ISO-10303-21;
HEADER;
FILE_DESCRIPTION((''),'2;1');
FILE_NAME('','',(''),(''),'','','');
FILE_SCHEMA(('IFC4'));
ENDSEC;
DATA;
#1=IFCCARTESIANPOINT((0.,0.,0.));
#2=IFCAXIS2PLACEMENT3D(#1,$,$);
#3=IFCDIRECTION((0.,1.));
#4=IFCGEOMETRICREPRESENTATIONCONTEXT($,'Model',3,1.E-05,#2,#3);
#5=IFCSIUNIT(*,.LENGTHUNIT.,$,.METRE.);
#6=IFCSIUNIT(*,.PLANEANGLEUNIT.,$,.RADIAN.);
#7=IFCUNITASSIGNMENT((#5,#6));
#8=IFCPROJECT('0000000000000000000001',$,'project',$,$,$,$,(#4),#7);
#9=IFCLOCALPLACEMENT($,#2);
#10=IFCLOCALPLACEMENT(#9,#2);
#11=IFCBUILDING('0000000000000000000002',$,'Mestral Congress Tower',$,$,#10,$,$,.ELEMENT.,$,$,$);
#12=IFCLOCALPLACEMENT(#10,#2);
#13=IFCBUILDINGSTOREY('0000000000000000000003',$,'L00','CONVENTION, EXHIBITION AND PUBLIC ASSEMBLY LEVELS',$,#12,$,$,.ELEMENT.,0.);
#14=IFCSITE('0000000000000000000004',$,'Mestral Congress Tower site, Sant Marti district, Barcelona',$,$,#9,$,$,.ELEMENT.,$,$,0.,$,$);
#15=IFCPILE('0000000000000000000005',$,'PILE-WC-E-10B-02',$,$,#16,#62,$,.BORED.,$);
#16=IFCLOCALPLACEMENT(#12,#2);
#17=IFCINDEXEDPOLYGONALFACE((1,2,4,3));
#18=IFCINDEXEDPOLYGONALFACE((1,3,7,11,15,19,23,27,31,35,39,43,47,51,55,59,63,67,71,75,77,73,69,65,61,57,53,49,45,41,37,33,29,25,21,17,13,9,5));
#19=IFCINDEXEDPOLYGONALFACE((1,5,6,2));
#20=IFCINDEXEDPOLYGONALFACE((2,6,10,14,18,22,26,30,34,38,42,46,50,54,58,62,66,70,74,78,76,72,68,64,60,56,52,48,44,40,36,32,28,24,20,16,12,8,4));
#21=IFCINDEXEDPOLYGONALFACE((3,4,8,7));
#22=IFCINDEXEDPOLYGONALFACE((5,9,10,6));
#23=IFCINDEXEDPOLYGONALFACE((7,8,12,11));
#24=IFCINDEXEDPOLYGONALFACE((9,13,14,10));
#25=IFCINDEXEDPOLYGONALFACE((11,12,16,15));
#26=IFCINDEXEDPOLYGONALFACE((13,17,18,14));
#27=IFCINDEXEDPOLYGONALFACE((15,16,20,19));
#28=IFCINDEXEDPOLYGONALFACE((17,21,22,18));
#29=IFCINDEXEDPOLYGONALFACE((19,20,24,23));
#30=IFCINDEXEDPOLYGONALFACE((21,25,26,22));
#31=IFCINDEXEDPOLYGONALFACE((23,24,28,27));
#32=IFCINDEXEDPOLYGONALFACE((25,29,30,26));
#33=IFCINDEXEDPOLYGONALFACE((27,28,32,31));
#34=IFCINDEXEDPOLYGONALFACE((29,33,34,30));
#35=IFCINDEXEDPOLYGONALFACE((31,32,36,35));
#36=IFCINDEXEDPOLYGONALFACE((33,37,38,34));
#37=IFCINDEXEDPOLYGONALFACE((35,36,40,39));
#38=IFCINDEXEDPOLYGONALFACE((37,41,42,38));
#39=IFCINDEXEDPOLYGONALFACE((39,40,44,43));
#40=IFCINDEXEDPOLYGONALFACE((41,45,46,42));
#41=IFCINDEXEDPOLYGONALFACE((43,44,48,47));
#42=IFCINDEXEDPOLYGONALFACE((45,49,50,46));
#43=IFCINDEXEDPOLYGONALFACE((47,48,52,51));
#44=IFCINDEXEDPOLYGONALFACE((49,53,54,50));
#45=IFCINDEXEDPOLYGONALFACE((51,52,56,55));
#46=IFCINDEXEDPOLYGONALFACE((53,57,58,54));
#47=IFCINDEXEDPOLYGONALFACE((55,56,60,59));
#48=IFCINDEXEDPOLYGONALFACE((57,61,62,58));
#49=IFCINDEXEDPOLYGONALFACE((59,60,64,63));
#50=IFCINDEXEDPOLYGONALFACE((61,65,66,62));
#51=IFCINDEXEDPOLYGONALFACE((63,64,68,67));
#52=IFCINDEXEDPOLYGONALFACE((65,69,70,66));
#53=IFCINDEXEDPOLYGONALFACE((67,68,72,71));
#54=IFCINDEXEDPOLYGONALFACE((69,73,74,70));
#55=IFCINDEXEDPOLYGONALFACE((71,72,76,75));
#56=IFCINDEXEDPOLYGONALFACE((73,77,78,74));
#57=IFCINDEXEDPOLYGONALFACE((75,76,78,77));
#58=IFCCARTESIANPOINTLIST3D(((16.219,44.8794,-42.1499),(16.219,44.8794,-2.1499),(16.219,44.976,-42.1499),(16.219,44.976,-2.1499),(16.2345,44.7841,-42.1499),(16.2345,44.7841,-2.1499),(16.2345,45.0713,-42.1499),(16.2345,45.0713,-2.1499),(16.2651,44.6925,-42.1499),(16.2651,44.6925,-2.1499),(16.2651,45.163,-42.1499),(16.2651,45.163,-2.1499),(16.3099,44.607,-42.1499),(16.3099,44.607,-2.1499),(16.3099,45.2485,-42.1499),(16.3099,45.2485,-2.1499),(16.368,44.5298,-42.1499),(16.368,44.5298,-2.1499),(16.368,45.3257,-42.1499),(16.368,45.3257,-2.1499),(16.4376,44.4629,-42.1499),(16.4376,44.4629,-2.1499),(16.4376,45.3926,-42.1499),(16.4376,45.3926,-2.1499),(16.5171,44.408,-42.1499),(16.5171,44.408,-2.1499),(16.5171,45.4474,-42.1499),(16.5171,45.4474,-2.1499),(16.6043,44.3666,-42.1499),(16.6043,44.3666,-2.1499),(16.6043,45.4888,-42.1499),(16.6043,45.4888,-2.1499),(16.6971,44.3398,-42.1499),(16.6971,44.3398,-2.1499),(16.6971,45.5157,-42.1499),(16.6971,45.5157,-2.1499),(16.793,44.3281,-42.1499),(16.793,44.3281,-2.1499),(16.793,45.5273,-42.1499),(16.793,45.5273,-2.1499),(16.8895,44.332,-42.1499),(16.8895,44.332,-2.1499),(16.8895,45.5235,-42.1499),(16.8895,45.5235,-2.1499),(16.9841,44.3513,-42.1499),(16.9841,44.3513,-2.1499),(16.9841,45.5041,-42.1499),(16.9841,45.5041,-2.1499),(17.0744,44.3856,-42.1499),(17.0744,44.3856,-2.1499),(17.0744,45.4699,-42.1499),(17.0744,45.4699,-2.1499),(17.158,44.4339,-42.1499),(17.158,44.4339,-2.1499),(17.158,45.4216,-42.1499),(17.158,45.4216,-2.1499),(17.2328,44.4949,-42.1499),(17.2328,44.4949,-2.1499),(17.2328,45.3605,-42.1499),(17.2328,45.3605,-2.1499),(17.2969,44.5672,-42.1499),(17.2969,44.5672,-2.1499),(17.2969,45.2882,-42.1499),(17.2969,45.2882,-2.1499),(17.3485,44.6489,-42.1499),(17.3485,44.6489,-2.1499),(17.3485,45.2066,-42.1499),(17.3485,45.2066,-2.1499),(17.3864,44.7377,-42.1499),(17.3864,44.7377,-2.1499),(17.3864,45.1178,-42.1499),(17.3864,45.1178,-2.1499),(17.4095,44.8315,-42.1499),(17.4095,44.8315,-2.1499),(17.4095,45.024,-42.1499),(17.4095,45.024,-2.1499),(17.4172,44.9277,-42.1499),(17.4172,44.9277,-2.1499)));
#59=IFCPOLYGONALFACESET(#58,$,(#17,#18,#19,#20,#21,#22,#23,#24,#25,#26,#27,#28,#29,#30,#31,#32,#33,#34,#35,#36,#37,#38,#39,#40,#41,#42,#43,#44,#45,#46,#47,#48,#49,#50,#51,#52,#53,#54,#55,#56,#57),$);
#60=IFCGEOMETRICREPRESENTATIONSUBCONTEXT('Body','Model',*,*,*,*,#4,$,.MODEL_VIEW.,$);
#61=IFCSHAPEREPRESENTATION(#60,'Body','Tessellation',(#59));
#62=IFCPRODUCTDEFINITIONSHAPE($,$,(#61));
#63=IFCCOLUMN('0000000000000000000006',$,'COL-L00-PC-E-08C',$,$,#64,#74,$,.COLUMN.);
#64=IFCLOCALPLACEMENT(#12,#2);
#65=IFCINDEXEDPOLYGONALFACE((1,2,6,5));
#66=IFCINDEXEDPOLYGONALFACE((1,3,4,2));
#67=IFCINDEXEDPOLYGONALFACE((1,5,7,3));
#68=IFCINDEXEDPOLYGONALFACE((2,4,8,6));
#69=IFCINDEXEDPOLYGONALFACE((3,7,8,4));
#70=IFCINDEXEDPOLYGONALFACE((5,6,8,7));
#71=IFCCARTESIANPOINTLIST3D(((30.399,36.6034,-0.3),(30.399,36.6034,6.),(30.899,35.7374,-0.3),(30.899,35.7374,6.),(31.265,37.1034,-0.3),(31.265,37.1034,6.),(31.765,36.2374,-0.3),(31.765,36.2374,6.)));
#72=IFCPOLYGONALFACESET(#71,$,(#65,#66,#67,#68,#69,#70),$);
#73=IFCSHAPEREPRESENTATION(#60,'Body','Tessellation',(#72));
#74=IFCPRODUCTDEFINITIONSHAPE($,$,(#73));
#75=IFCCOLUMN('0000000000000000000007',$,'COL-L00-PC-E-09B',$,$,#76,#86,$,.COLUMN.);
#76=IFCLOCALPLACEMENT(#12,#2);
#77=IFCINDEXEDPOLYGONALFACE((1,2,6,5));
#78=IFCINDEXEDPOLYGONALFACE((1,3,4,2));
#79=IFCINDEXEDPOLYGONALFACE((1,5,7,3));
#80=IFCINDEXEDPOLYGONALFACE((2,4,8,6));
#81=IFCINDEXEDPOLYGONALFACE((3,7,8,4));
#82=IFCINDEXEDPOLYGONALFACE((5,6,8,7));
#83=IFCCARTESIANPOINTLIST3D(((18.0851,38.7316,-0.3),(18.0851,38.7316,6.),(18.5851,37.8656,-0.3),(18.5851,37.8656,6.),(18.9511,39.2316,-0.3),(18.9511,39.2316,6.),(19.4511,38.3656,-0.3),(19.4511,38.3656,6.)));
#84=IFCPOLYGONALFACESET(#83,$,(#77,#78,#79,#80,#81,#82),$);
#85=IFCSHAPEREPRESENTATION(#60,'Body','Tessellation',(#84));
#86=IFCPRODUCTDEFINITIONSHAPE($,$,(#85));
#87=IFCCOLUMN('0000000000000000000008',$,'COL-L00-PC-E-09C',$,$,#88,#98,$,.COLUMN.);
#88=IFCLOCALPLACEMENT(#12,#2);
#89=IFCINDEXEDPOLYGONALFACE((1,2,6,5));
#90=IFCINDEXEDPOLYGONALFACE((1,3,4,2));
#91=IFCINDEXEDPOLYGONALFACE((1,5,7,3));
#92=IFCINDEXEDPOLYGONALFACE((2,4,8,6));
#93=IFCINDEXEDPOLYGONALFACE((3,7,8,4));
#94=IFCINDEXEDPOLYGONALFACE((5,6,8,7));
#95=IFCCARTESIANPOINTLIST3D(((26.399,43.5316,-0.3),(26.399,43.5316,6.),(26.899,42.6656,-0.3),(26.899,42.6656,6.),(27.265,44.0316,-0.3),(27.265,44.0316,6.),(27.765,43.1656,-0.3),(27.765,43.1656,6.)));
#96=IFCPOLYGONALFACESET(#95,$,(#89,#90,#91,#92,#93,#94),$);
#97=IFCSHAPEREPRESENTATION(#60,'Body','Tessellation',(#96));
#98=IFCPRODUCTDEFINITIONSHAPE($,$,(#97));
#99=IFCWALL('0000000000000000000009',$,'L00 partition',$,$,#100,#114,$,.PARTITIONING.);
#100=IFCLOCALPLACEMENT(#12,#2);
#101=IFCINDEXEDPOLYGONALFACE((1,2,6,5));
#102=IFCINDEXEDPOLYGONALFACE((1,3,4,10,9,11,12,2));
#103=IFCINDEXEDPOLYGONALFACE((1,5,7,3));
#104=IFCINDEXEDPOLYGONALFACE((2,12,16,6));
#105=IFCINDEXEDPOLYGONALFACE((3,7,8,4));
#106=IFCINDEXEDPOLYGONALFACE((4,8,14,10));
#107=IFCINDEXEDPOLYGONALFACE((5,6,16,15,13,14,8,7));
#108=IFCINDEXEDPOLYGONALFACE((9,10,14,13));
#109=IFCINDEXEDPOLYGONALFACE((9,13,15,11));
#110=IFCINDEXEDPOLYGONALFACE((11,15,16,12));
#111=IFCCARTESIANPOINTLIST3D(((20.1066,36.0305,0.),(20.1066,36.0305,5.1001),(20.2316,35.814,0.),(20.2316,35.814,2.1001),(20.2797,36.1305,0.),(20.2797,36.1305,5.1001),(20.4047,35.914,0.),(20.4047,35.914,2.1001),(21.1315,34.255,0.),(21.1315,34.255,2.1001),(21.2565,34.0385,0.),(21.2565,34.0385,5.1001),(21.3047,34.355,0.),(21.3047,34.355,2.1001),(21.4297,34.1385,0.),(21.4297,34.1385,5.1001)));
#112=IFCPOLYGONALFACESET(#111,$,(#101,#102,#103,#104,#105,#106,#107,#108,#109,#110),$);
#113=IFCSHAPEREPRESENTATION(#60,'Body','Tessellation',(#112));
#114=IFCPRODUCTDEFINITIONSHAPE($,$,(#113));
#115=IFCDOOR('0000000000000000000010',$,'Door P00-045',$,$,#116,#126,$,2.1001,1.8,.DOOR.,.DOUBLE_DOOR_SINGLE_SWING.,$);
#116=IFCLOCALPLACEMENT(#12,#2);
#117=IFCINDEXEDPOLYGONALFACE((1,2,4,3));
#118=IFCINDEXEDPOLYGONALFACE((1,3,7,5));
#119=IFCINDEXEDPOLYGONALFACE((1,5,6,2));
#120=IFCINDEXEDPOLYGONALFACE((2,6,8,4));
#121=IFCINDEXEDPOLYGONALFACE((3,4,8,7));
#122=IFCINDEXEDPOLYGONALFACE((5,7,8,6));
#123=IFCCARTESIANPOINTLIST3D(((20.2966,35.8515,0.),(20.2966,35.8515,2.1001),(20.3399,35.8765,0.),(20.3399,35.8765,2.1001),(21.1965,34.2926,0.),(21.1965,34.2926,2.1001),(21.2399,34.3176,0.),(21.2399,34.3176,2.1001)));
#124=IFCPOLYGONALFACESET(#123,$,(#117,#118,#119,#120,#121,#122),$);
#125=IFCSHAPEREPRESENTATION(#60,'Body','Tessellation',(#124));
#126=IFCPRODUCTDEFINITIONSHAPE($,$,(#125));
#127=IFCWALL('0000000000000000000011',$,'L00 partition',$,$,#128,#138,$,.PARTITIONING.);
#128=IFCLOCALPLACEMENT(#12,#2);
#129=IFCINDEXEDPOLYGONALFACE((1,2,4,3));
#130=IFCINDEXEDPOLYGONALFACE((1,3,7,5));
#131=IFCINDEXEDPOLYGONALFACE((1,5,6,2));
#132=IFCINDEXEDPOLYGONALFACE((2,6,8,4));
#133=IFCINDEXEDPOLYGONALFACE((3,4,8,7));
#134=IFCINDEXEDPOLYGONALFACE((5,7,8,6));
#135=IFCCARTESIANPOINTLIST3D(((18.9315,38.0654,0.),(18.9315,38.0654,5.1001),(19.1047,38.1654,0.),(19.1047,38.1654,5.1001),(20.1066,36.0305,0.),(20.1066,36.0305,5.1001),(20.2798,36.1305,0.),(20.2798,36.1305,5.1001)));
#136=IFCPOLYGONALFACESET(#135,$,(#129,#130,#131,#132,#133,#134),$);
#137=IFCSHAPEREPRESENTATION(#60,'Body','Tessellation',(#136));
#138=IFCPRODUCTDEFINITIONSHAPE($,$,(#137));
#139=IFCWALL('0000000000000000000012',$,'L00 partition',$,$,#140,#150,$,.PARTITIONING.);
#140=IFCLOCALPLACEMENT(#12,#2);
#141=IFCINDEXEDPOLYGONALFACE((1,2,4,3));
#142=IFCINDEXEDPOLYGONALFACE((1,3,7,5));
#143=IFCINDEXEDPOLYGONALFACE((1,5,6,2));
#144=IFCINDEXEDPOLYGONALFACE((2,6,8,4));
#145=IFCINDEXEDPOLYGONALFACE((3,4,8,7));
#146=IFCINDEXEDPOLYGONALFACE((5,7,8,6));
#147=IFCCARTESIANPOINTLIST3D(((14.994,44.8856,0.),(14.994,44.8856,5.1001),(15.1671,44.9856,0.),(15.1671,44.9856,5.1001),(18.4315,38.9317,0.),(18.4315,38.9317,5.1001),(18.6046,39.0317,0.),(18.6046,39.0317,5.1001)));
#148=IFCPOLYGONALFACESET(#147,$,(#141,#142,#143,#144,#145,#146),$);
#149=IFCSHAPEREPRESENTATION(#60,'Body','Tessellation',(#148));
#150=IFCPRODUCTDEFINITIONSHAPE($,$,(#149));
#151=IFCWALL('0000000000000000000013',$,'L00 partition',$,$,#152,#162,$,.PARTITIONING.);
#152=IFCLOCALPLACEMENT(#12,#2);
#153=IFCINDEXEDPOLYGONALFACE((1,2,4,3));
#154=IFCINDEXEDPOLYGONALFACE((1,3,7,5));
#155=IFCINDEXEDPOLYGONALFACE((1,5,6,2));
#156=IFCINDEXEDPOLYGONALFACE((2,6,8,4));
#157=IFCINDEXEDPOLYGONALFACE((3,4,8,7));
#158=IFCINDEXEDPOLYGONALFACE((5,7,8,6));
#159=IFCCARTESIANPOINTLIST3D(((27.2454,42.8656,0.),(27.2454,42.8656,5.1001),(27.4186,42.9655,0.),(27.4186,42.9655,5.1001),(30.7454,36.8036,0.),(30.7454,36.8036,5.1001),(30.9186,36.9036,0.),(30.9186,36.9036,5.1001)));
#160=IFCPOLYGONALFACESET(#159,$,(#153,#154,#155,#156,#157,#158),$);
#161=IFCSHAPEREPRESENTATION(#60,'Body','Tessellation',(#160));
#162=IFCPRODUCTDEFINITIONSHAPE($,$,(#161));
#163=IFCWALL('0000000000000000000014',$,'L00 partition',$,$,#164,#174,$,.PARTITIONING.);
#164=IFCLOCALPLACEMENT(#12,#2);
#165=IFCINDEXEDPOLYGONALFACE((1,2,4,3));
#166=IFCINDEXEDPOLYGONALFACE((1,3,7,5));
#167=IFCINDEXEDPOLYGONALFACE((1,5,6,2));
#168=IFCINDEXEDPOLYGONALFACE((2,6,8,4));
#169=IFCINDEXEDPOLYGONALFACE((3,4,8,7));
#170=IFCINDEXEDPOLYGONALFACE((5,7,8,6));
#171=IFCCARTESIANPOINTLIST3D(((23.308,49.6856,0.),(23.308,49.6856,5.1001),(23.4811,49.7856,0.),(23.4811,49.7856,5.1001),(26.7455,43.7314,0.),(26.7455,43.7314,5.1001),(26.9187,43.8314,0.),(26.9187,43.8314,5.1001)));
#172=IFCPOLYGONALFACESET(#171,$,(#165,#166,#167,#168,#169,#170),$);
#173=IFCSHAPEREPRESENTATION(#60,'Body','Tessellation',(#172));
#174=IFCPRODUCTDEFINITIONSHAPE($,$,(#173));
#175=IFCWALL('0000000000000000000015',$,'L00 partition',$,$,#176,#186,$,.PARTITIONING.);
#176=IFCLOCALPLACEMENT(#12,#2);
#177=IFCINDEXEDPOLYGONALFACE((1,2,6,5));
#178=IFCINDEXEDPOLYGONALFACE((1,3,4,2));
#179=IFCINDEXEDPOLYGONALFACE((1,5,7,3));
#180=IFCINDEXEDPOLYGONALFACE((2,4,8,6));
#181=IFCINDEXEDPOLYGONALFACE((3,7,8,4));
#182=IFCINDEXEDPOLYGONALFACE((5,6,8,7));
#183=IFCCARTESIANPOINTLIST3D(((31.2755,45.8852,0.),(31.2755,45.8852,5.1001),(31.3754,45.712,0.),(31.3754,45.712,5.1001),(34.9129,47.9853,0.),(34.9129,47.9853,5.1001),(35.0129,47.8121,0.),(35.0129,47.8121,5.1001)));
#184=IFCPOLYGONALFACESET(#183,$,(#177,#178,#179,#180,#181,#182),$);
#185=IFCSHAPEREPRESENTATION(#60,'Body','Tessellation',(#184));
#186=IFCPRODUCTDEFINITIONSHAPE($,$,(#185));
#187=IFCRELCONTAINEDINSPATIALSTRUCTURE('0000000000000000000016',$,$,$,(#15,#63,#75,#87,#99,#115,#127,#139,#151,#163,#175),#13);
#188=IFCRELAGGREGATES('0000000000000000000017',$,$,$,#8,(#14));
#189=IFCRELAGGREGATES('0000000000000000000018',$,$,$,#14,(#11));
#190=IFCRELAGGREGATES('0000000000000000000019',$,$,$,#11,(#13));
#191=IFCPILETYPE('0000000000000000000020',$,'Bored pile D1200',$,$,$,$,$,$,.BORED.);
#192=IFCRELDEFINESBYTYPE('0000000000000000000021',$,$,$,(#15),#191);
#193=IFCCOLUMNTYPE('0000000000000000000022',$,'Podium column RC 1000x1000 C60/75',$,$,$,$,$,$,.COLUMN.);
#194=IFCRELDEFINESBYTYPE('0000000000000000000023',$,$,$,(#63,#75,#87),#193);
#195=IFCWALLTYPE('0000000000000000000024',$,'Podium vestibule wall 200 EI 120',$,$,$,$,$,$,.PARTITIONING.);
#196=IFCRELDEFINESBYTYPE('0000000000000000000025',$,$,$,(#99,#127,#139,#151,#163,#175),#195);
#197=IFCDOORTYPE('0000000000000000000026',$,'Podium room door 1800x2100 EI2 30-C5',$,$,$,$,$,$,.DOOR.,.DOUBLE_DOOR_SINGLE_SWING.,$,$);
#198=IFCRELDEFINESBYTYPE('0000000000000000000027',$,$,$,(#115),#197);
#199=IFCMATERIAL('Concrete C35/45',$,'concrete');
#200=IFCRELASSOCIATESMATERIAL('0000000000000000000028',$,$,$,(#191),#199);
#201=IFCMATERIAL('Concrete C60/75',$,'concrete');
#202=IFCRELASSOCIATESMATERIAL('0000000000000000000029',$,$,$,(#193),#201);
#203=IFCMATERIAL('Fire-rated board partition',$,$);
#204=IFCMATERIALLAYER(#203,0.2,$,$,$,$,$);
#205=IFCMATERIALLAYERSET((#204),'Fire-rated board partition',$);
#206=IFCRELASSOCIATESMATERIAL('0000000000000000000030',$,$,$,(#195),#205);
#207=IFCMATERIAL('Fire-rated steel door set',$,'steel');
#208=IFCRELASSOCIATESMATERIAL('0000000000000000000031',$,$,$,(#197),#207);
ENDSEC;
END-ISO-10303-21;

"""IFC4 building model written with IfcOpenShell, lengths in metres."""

from ifc_helpers import new_model, si_unit, direction, frame, frame_2d, origin, origin_2d, place, context, subcontext, project, spatial, rectangle, circle, extrude, material, layer, layer_set, material_profile, profile_set, type_object, element, fill, save


model = new_model("IFC4")

# Units and contexts
model_context = context("Model", 3, precision=1e-05, world=origin(), true_north=direction((0.0, 1.0)))
body_context = subcontext(model_context, "Body", "Model", "MODEL_VIEW")
ifc_project = project(units=[si_unit("LENGTHUNIT", "METRE"), si_unit("PLANEANGLEUNIT", "RADIAN")], contexts=[model_context])

# Site, building, storey
site_placement = place(None, origin())
site = spatial("IfcSite", under=ifc_project, at=site_placement, Name="Mestral Congress Tower site, Sant Marti district, Barcelona", CompositionType="ELEMENT", RefElevation=0.0)
building_placement = place(site_placement, origin())
building = spatial("IfcBuilding", under=site, at=building_placement, Name="Mestral Congress Tower", CompositionType="ELEMENT")
storey_placement = place(building_placement, origin())
storey = spatial("IfcBuildingStorey", under=building, at=storey_placement, Name="L00", Description="CONVENTION, EXHIBITION AND PUBLIC ASSEMBLY LEVELS", CompositionType="ELEMENT", Elevation=0.0)

# Pile
ifc_material_1 = material(Name="Concrete C35/45", Category="concrete")
ifc_material_profile_1 = material_profile(ifc_material_1, circle(Radius=0.6001, at=origin_2d()), Name="D1200")
ifc_profile_set_1 = profile_set([ifc_material_profile_1], Name="Concrete C35/45")
pile_type = type_object("IfcPileType", Name="Bored pile D1200", PredefinedType="BORED", material=ifc_profile_set_1)
for number, where, z_axis, x_axis, name in (
    (1, (16.8171, 44.9277, -2.1499), (0.0, 0.0, -1.0), (1.0, 0.0, 0.0), "PILE-WC-E-10B-02"),
):
    element("IfcPile", number, at=place(storey_placement, frame(where, z_axis=z_axis, x_axis=x_axis)), inside=storey, type_object=pile_type, Name=name, PredefinedType="BORED", context=body_context, shape_type="SweptSolid", body=[
        extrude(circle(Radius=0.6001, at=origin_2d()), origin(), (0.0, 0.0, 1.0), 40.0),
    ])

# Columns
ifc_material_2 = material(Name="Concrete C60/75", Category="concrete")
ifc_material_profile_2 = material_profile(ifc_material_2, rectangle(XDim=1.0, YDim=1.0, at=origin_2d()), Name="RC 1000x1000")
ifc_profile_set_2 = profile_set([ifc_material_profile_2], Name="Concrete C60/75")
column_type = type_object("IfcColumnType", Name="Podium column RC 1000x1000 C60/75", PredefinedType="COLUMN", material=ifc_profile_set_2)
for number, where, z_axis, x_axis, name in (
    (2, (31.082, 36.4204, -0.3), (0.0, 0.0, 1.0), (-0.5, 0.866025, 0.0), "COL-L00-PC-E-08C"),
    (3, (18.7681, 38.5486, -0.3), (0.0, 0.0, 1.0), (-0.5, 0.866025, 0.0), "COL-L00-PC-E-09B"),
    (4, (27.082, 43.3486, -0.3), (0.0, 0.0, 1.0), (-0.5, 0.866025, 0.0), "COL-L00-PC-E-09C"),
):
    element("IfcColumn", number, at=place(storey_placement, frame(where, z_axis=z_axis, x_axis=x_axis)), inside=storey, type_object=column_type, Name=name, PredefinedType="COLUMN", context=body_context, shape_type="SweptSolid", body=[
        extrude(rectangle(XDim=1.0, YDim=1.0, at=origin_2d()), origin(), (0.0, 0.0, 1.0), 6.3),
    ])

# Wall, opening, door
ifc_material_3 = material(Name="Fire-rated board partition")
ifc_layer = layer(ifc_material_3, 0.2)
ifc_layer_set = layer_set([ifc_layer], Name="Fire-rated board partition")
wall_type = type_object("IfcWallType", Name="Podium vestibule wall 200 EI 120", PredefinedType="PARTITIONING", material=ifc_layer_set)
wall_1_placement = place(storey_placement, frame((21.343, 34.0886, 0.0), z_axis=(0.0, 0.0, 1.0), x_axis=(-0.499952, 0.866053, 0.0)))
wall_1 = element("IfcWall", 5, at=wall_1_placement, inside=storey, type_object=wall_type, Name="L00 partition", PredefinedType="PARTITIONING", context=body_context, shape_type="SweptSolid", body=[
    extrude(rectangle(XDim=2.3, YDim=0.2, at=frame_2d((1.1499, 0.0))), origin(), (0.0, 0.0, 1.0), 5.1001),
])
opening_placement = place(wall_1_placement, frame((0.25, 0.0, 0.0)))
opening = element("IfcOpeningElement", 6, at=opening_placement, cuts=wall_1, PredefinedType="OPENING", context=body_context, shape_type="SweptSolid", body=[
    extrude(rectangle(XDim=1.8, YDim=2.1001, at=frame_2d((0.8999, 1.05))), frame((0.0, 0.1099, 0.0), z_axis=(0.0, -1.0, 0.0), x_axis=(1.0, 0.0, 0.0)), (0.0, 0.0, 1.0), 0.22),
])
ifc_material_4 = material(Name="Fire-rated steel door set", Category="steel")
door_type = type_object("IfcDoorType", Name="Podium room door 1800x2100 EI2 30-C5", OperationType="DOUBLE_DOOR_SINGLE_SWING", PredefinedType="DOOR", material=ifc_material_4)
door_placement = place(opening_placement, origin())
door = element("IfcDoor", 7, at=door_placement, inside=storey, type_object=door_type, Name="Door P00-045", OperationType="DOUBLE_DOOR_SINGLE_SWING", OverallHeight=2.1001, OverallWidth=1.8, PredefinedType="DOOR", context=body_context, shape_type="SweptSolid", body=[
    extrude(rectangle(XDim=1.8, YDim=2.1001, at=frame_2d((0.8999, 1.05))), frame((0.0, 0.0249, 0.0), z_axis=(0.0, -1.0, 0.0), x_axis=(1.0, 0.0, 0.0)), (0.0, 0.0, 1.0), 0.05),
])
fill(opening, door)

# Walls
wall_2_placement = place(storey_placement, frame((20.1931, 36.0806, 0.0), z_axis=(0.0, 0.0, 1.0), x_axis=(-0.500061, 0.86599, 0.0)))
element("IfcWall", 8, at=wall_2_placement, inside=storey, type_object=wall_type, Name="L00 partition", PredefinedType="PARTITIONING", context=body_context, shape_type="SweptSolid", body=[
    extrude(rectangle(XDim=2.3499, YDim=0.2, at=frame_2d((1.1748, 0.0))), origin(), (0.0, 0.0, 1.0), 5.1001),
])
wall_3_placement = place(storey_placement, frame((18.5181, 38.9817, 0.0), z_axis=(0.0, 0.0, 1.0), x_axis=(-0.500004, 0.866023, 0.0)))
element("IfcWall", 9, at=wall_3_placement, inside=storey, type_object=wall_type, Name="L00 partition", PredefinedType="PARTITIONING", context=body_context, shape_type="SweptSolid", body=[
    extrude(rectangle(XDim=6.875, YDim=0.2, at=frame_2d((3.4375, 0.0))), origin(), (0.0, 0.0, 1.0), 5.1001),
])
wall_4_placement = place(storey_placement, frame((30.832, 36.8535, 0.0), z_axis=(0.0, 0.0, 1.0), x_axis=(-0.50001, 0.866019, 0.0)))
element("IfcWall", 10, at=wall_4_placement, inside=storey, type_object=wall_type, Name="L00 partition", PredefinedType="PARTITIONING", context=body_context, shape_type="SweptSolid", body=[
    extrude(rectangle(XDim=6.9998, YDim=0.2, at=frame_2d((3.5, 0.0))), origin(), (0.0, 0.0, 1.0), 5.1001),
])
wall_5_placement = place(storey_placement, frame((26.832, 43.7815, 0.0), z_axis=(0.0, 0.0, 1.0), x_axis=(-0.499989, 0.866032, 0.0)))
element("IfcWall", 11, at=wall_5_placement, inside=storey, type_object=wall_type, Name="L00 partition", PredefinedType="PARTITIONING", context=body_context, shape_type="SweptSolid", body=[
    extrude(rectangle(XDim=6.8752, YDim=0.2, at=frame_2d((3.4375, 0.0))), origin(), (0.0, 0.0, 1.0), 5.1001),
])
wall_6_placement = place(storey_placement, frame((31.3254, 45.7986, 0.0), z_axis=(0.0, 0.0, 1.0), x_axis=(0.866024, 0.500003, 0.0)))
element("IfcWall", 12, at=wall_6_placement, inside=storey, type_object=wall_type, Name="L00 partition", PredefinedType="PARTITIONING", context=body_context, shape_type="SweptSolid", body=[
    extrude(rectangle(XDim=4.2002, YDim=0.2, at=frame_2d((2.1001, 0.0))), origin(), (0.0, 0.0, 1.0), 5.1001),
])

save(model, "model.ifc")
